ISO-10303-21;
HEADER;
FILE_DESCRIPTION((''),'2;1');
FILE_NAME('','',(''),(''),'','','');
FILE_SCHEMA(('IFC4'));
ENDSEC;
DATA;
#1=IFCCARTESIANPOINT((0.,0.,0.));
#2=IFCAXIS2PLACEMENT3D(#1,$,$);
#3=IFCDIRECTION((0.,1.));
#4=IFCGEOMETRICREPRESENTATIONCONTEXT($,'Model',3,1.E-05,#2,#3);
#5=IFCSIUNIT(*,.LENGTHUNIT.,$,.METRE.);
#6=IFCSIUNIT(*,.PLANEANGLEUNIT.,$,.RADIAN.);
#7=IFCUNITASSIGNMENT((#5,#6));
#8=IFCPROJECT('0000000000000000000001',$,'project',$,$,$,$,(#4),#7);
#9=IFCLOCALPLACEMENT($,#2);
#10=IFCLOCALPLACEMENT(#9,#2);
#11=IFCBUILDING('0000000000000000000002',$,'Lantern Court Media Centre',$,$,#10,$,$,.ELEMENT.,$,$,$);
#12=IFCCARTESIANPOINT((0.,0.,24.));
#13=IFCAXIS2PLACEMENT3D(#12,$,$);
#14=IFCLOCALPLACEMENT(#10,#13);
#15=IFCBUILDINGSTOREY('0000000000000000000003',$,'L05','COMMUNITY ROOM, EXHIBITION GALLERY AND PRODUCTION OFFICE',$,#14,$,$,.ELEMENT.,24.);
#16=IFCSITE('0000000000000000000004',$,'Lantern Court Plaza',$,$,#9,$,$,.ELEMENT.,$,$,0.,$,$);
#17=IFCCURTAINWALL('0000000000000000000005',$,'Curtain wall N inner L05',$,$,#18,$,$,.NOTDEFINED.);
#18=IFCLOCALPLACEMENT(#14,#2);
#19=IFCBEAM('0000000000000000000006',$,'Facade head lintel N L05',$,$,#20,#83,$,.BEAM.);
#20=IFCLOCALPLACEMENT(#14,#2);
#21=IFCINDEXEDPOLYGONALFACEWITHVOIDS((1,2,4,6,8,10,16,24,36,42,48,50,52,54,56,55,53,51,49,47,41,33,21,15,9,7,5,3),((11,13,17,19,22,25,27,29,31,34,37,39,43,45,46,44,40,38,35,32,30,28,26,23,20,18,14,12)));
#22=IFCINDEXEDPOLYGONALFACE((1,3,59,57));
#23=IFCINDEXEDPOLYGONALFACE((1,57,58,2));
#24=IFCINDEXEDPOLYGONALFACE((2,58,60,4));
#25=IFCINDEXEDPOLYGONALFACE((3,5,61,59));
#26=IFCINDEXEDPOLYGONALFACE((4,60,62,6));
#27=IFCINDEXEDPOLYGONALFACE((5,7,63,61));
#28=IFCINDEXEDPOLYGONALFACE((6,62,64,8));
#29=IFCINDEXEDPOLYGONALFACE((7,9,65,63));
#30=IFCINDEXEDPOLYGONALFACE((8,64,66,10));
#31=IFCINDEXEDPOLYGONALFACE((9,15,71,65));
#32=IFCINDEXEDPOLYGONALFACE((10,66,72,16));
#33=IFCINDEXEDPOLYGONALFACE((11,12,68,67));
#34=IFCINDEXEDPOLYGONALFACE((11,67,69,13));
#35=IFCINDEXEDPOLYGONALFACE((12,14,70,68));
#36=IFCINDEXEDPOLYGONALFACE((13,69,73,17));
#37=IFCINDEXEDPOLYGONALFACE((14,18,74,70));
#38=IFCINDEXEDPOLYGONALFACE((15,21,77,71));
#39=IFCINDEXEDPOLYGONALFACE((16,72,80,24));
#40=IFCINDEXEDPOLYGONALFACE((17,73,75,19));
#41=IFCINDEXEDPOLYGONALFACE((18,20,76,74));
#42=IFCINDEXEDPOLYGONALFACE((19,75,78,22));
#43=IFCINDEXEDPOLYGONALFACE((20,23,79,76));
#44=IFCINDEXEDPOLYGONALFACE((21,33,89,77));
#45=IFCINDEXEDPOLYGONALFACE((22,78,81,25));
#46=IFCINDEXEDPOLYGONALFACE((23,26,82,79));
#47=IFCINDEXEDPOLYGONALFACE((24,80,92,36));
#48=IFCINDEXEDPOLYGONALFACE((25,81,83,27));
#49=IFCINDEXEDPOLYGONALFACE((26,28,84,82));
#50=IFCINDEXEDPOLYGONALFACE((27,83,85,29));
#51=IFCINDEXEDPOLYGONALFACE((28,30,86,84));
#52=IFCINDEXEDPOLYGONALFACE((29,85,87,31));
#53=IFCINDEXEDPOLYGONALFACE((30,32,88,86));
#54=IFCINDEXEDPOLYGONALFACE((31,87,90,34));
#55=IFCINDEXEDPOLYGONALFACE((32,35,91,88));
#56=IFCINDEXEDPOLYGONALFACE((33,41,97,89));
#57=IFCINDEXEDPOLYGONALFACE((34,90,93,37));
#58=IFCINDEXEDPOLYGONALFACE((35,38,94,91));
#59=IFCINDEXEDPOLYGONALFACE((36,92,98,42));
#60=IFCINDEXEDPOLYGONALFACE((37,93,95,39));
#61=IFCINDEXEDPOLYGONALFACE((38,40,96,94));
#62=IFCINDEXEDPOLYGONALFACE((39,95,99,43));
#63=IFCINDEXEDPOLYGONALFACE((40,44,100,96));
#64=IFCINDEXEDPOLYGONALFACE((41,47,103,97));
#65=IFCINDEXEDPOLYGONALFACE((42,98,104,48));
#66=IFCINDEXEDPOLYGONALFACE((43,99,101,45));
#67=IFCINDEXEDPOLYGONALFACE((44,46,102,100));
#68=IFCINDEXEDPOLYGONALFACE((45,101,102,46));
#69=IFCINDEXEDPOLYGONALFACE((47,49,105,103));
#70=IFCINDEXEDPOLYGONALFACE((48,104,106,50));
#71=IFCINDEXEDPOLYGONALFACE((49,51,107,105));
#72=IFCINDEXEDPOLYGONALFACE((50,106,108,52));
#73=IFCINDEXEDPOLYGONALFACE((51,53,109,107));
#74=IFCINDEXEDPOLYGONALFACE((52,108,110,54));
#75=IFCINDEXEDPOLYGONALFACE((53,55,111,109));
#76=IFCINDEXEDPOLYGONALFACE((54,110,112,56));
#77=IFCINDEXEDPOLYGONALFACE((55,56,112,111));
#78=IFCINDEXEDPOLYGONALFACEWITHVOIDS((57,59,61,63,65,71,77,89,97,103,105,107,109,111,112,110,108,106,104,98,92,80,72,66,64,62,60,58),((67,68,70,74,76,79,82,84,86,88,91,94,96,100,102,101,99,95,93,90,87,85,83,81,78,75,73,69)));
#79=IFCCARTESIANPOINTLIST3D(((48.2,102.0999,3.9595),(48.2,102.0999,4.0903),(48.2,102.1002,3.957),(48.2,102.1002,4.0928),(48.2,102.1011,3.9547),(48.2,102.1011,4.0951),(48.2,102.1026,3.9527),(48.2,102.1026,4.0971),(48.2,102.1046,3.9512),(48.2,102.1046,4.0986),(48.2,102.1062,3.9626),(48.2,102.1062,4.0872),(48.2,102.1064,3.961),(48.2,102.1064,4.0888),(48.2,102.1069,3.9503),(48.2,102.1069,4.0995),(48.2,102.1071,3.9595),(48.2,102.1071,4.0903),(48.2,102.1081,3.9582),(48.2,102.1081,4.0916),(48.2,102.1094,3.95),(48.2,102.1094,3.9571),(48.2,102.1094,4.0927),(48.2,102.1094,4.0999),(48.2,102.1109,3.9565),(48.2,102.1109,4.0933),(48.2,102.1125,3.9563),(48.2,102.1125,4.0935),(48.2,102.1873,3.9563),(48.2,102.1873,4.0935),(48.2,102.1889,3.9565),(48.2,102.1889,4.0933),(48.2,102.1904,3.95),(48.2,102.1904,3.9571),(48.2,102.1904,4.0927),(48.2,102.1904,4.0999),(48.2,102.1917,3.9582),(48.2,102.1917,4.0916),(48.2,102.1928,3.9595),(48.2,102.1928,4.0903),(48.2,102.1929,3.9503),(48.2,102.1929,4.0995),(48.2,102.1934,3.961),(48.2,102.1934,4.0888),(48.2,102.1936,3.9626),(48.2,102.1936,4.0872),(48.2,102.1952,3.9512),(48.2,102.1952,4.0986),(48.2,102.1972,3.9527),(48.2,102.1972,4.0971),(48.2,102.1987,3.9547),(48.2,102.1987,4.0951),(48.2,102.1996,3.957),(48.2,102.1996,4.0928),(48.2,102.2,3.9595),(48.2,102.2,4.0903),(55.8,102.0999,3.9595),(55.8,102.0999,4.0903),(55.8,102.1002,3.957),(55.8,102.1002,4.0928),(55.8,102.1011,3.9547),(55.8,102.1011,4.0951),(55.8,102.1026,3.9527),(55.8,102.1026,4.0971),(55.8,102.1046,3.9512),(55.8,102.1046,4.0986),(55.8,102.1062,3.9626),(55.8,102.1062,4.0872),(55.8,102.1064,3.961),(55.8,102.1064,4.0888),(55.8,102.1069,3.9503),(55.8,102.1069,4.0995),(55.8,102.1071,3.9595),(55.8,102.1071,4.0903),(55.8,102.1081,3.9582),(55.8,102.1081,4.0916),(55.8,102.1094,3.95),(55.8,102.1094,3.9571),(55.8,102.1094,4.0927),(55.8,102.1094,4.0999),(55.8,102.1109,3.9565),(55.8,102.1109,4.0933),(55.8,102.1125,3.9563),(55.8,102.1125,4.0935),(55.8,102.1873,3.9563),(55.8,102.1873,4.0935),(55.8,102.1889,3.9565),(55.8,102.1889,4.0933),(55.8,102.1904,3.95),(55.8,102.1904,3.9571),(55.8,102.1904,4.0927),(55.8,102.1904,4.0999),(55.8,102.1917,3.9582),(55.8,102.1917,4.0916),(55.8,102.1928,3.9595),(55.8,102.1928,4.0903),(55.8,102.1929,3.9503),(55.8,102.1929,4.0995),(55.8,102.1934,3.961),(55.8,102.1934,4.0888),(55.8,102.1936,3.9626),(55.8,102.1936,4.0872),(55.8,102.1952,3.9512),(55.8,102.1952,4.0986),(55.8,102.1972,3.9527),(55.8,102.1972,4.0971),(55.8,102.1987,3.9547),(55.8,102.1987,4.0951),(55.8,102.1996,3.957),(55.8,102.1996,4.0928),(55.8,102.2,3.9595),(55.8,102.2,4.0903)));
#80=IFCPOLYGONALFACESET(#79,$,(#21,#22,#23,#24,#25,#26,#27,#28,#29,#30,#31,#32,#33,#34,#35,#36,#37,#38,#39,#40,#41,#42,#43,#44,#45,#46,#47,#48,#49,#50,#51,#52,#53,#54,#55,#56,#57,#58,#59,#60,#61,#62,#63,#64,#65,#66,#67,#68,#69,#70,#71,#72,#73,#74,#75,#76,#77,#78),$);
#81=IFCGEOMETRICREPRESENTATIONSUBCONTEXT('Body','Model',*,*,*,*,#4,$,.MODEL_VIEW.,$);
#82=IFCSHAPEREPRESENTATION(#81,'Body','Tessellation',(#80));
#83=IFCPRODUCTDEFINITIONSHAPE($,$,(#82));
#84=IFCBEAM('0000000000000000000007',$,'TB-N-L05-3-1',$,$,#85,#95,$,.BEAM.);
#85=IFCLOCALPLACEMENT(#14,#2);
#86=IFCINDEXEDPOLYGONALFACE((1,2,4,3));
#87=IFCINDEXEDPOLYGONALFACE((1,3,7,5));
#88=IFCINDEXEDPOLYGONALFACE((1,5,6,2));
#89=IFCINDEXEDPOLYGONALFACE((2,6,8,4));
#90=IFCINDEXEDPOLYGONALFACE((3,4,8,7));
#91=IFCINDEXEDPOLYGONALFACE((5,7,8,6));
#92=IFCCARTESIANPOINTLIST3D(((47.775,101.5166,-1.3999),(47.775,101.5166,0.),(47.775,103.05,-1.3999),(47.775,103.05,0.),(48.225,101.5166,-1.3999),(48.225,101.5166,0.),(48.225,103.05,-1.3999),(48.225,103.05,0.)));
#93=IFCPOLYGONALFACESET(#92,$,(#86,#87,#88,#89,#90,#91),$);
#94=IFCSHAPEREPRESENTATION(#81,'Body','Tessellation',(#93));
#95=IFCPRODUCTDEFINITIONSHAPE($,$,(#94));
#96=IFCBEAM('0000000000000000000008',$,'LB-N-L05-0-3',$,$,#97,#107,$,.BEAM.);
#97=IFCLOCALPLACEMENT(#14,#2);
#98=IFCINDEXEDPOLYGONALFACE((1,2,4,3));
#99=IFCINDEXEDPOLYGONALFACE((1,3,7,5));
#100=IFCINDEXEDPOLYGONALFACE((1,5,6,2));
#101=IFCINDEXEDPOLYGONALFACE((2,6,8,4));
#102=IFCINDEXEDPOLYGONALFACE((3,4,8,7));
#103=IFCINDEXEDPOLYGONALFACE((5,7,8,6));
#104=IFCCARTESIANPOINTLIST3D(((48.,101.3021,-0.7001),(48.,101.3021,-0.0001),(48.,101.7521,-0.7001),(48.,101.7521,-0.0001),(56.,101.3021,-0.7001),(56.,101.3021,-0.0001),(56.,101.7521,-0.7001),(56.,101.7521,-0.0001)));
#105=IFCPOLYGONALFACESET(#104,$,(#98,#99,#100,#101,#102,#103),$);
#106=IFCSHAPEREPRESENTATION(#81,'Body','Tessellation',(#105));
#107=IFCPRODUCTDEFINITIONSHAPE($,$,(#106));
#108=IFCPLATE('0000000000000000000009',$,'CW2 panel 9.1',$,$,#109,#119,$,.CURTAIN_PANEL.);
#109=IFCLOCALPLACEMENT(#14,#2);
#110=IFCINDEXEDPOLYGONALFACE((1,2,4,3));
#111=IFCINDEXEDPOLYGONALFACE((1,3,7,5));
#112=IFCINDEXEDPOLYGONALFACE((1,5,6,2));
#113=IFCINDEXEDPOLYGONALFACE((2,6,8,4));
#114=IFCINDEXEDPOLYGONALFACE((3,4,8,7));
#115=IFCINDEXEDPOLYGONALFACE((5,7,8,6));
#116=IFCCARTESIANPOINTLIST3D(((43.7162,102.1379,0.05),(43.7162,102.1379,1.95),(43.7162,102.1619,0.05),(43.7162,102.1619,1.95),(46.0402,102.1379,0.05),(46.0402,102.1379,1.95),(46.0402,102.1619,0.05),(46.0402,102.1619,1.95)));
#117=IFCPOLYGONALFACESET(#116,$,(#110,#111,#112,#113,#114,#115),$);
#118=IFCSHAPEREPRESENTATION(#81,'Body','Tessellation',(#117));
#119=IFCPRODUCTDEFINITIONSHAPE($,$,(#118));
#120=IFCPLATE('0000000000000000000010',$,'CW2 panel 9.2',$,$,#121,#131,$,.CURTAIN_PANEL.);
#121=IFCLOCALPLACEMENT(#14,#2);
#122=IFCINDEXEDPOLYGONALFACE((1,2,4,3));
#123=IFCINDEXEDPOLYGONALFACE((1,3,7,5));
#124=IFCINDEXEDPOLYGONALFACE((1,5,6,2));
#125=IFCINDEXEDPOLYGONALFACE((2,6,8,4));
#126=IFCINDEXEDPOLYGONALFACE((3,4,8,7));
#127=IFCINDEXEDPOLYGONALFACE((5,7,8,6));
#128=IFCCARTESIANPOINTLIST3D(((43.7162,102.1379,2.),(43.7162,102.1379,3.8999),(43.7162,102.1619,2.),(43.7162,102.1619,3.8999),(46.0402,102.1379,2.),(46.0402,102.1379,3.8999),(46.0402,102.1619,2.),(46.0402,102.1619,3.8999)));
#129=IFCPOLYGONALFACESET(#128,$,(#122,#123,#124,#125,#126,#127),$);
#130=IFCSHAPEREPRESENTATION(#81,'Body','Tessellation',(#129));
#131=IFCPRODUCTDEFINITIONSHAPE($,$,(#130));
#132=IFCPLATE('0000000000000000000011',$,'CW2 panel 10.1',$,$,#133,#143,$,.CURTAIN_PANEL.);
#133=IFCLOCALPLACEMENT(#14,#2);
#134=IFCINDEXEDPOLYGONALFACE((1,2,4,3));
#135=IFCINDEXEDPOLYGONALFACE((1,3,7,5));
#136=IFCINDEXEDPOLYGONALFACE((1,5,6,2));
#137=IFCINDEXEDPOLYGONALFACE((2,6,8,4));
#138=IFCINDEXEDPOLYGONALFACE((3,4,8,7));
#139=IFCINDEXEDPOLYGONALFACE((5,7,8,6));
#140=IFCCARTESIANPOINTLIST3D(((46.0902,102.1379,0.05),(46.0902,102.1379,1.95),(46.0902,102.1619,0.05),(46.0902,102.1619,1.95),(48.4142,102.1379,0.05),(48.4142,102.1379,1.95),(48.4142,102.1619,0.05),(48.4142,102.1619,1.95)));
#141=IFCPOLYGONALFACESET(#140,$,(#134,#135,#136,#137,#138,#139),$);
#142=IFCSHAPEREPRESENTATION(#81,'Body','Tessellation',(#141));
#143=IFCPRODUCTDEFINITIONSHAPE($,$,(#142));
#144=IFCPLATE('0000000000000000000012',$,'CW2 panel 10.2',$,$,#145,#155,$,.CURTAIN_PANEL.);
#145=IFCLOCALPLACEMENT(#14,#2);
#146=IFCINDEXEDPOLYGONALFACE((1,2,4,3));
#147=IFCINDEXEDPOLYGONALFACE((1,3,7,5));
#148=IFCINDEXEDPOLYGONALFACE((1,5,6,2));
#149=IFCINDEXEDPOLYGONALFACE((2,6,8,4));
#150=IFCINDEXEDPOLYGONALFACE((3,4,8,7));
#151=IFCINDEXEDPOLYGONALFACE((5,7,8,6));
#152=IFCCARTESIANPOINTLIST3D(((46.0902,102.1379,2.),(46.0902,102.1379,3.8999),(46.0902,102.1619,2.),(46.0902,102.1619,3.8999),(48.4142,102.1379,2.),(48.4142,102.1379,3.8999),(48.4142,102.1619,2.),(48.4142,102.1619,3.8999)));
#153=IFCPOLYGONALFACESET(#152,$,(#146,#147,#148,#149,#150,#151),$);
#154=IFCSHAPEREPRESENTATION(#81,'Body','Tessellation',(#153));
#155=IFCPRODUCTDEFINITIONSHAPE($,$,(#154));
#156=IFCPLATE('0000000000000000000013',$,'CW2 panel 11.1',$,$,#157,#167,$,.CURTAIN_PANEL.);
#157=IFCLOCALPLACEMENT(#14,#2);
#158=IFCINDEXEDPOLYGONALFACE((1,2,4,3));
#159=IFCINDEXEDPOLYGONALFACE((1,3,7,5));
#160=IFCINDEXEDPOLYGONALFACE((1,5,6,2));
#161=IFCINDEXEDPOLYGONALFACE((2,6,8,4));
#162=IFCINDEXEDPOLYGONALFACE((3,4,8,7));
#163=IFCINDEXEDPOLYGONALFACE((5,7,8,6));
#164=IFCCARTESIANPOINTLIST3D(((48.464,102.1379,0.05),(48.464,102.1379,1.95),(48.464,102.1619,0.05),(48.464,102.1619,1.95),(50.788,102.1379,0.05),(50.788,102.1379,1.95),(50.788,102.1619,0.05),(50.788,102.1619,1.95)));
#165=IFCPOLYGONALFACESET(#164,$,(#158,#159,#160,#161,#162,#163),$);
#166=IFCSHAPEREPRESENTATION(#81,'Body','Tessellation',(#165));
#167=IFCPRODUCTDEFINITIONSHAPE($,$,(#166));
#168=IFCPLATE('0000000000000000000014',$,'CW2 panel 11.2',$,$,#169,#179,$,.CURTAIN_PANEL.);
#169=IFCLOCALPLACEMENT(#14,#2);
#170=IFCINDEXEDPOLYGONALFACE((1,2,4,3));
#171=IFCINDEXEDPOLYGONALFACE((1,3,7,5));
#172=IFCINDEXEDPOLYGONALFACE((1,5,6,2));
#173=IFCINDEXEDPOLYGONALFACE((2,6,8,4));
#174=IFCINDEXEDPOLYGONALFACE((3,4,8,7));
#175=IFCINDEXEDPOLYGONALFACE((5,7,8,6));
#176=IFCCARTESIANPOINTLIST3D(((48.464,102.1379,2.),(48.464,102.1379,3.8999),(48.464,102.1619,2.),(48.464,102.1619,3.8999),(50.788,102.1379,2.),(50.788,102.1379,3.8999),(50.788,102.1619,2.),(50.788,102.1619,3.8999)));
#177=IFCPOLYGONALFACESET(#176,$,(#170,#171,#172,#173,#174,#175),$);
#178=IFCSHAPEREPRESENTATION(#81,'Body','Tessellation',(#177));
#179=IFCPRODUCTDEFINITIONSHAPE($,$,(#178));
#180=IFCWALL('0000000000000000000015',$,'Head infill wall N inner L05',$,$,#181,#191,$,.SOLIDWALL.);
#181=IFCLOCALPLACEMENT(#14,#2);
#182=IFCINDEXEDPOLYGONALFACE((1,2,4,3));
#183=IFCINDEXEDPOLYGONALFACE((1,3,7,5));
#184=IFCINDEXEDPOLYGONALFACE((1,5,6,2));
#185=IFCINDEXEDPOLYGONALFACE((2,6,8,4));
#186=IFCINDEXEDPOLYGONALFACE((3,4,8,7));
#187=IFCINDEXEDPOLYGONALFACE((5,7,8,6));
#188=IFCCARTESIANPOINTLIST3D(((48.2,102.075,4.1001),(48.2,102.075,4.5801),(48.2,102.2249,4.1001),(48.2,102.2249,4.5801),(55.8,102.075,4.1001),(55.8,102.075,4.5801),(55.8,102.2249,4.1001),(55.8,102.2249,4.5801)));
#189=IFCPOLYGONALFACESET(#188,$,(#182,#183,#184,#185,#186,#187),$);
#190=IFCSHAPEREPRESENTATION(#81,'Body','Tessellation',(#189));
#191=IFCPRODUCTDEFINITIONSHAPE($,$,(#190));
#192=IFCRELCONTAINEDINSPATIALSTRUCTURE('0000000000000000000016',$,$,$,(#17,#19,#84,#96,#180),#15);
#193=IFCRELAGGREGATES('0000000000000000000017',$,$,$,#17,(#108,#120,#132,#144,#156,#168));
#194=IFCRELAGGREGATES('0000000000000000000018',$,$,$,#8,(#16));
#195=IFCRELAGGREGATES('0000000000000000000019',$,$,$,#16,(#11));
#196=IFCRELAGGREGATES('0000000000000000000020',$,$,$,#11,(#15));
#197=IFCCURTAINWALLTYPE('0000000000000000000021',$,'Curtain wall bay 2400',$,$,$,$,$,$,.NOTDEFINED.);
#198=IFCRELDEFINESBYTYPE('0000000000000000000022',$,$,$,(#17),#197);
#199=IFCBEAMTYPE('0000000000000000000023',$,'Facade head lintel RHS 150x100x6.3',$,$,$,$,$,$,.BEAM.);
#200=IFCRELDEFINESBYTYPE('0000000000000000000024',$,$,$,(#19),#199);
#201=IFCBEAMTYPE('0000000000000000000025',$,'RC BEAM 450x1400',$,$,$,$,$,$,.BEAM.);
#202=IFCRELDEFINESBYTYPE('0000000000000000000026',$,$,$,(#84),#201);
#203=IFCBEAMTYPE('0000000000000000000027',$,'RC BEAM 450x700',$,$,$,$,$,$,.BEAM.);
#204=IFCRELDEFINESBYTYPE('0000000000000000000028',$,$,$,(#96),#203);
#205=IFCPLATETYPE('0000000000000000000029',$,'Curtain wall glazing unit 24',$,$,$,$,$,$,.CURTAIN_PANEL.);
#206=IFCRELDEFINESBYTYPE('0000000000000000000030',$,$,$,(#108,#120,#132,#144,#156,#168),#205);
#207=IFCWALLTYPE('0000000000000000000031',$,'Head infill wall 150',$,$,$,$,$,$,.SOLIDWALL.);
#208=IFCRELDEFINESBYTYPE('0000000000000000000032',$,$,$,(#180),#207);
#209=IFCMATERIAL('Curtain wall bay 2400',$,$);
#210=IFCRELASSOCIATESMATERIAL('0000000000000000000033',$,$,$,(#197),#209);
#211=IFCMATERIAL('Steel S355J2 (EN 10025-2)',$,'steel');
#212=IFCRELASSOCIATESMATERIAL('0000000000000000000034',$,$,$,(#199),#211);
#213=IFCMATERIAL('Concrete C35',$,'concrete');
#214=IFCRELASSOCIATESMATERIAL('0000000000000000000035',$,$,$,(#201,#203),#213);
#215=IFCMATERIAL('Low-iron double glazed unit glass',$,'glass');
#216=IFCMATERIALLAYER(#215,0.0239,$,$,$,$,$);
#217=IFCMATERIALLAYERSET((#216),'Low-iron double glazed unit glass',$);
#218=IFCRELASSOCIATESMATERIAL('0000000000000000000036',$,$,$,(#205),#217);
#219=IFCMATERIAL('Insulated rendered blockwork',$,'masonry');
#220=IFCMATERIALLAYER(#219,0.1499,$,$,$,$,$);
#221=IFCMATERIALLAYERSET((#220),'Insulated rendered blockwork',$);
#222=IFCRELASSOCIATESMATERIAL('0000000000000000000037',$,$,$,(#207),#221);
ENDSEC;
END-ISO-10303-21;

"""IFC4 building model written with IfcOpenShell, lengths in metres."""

from ifc_helpers import new_model, si_unit, direction, frame, frame_2d, origin, origin_2d, place, context, subcontext, project, spatial, rectangle, hollow_rectangle, extrude, material, layer, layer_set, material_profile, profile_set, type_object, element, aggregate, save


model = new_model("IFC4")

# Units and contexts
model_context = context("Model", 3, precision=1e-05, world=origin(), true_north=direction((0.0, 1.0)))
body_context = subcontext(model_context, "Body", "Model", "MODEL_VIEW")
ifc_project = project(units=[si_unit("LENGTHUNIT", "METRE"), si_unit("PLANEANGLEUNIT", "RADIAN")], contexts=[model_context])

# Site, building, storey
site_placement = place(None, origin())
site = spatial("IfcSite", under=ifc_project, at=site_placement, Name="Lantern Court Plaza", CompositionType="ELEMENT", RefElevation=0.0)
building_placement = place(site_placement, origin())
building = spatial("IfcBuilding", under=site, at=building_placement, Name="Lantern Court Media Centre", CompositionType="ELEMENT")
storey_placement = place(building_placement, frame((0.0, 0.0, 24.0)))
storey = spatial("IfcBuildingStorey", under=building, at=storey_placement, Name="L05", Description="COMMUNITY ROOM, EXHIBITION GALLERY AND PRODUCTION OFFICE", CompositionType="ELEMENT", Elevation=24.0)

# Shared definitions
ifc_material_1 = material(Name="Concrete C35", Category="concrete")

# Curtain wall
ifc_material_2 = material(Name="Curtain wall bay 2400")
curtain_wall_type = type_object("IfcCurtainWallType", Name="Curtain wall bay 2400", PredefinedType="NOTDEFINED", material=ifc_material_2)
curtain_wall_placement = place(storey_placement, origin())
curtain_wall = element("IfcCurtainWall", 1, at=curtain_wall_placement, inside=storey, type_object=curtain_wall_type, Name="Curtain wall N inner L05", PredefinedType="NOTDEFINED")

# Beams
ifc_material_3 = material(Name="Steel S355J2 (EN 10025-2)", Category="steel")
ifc_material_profile_1 = material_profile(ifc_material_3, hollow_rectangle(XDim=0.1001, YDim=0.1499, WallThickness=0.0063, InnerFilletRadius=0.0063, OuterFilletRadius=0.0095, at=origin_2d()), Name="Facade head lintel RHS 150x100x6.3")
ifc_profile_set_1 = profile_set([ifc_material_profile_1], Name="Steel S355J2 (EN 10025-2)")
beam_type_1 = type_object("IfcBeamType", Name="Facade head lintel RHS 150x100x6.3", PredefinedType="BEAM", material=ifc_profile_set_1)
beam_1_placement = place(storey_placement, frame((48.2, 102.1499, 4.0249), z_axis=(1.0, 0.0, 0.0), x_axis=(0.0, 1.0, 0.0)))
element("IfcBeam", 2, at=beam_1_placement, inside=storey, type_object=beam_type_1, Name="Facade head lintel N L05", PredefinedType="BEAM", context=body_context, shape_type="SweptSolid", body=[
    extrude(hollow_rectangle(XDim=0.1001, YDim=0.1499, WallThickness=0.0063, InnerFilletRadius=0.0063, OuterFilletRadius=0.0095, at=origin_2d()), origin(), (0.0, 0.0, 1.0), 7.6001),
])
ifc_material_profile_2 = material_profile(ifc_material_1, rectangle(XDim=0.45, YDim=1.3999, at=origin_2d()), Name="RC 450x1400")
ifc_profile_set_2 = profile_set([ifc_material_profile_2], Name="Concrete C35")
beam_type_2 = type_object("IfcBeamType", Name="RC BEAM 450x1400", PredefinedType="BEAM", material=ifc_profile_set_2)
beam_2_placement = place(storey_placement, frame((48.0, 101.5166, -0.7), z_axis=(0.0, 1.0, 0.0), x_axis=(-1.0, 0.0, 0.0)))
element("IfcBeam", 3, at=beam_2_placement, inside=storey, type_object=beam_type_2, Name="TB-N-L05-3-1", PredefinedType="BEAM", context=body_context, shape_type="SweptSolid", body=[
    extrude(rectangle(XDim=0.45, YDim=1.3999, at=origin_2d()), origin(), (0.0, 0.0, 1.0), 1.5334),
])
ifc_material_profile_3 = material_profile(ifc_material_1, rectangle(XDim=0.45, YDim=0.7, at=origin_2d()), Name="RC 450x700")
ifc_profile_set_3 = profile_set([ifc_material_profile_3], Name="Concrete C35")
beam_type_3 = type_object("IfcBeamType", Name="RC BEAM 450x700", PredefinedType="BEAM", material=ifc_profile_set_3)
beam_3_placement = place(storey_placement, frame((48.0, 101.5271, -0.3501), z_axis=(1.0, 0.0, 0.0), x_axis=(0.0, 1.0, 0.0)))
element("IfcBeam", 4, at=beam_3_placement, inside=storey, type_object=beam_type_3, Name="LB-N-L05-0-3", PredefinedType="BEAM", context=body_context, shape_type="SweptSolid", body=[
    extrude(rectangle(XDim=0.45, YDim=0.7, at=origin_2d()), origin(), (0.0, 0.0, 1.0), 8.0),
])

# Plates
ifc_material_4 = material(Name="Low-iron double glazed unit glass", Category="glass")
ifc_layer_1 = layer(ifc_material_4, 0.0239)
ifc_layer_set_1 = layer_set([ifc_layer_1], Name="Low-iron double glazed unit glass")
plate_type = type_object("IfcPlateType", Name="Curtain wall glazing unit 24", PredefinedType="CURTAIN_PANEL", material=ifc_layer_set_1)
plate_1_placement = place(storey_placement, frame((44.8782, 102.1499, 0.05), z_axis=(0.0, 0.0, 1.0), x_axis=(1.0, 0.0, 0.0)))
plate_1 = element("IfcPlate", 5, at=plate_1_placement, type_object=plate_type, Name="CW2 panel 9.1", PredefinedType="CURTAIN_PANEL", context=body_context, shape_type="SweptSolid", body=[
    extrude(rectangle(XDim=2.324, YDim=0.0239, at=origin_2d()), origin(), (0.0, 0.0, 1.0), 1.8999),
])
plate_2_placement = place(storey_placement, frame((44.8782, 102.1499, 2.0), z_axis=(0.0, 0.0, 1.0), x_axis=(1.0, 0.0, 0.0)))
plate_2 = element("IfcPlate", 6, at=plate_2_placement, type_object=plate_type, Name="CW2 panel 9.2", PredefinedType="CURTAIN_PANEL", context=body_context, shape_type="SweptSolid", body=[
    extrude(rectangle(XDim=2.324, YDim=0.0239, at=origin_2d()), origin(), (0.0, 0.0, 1.0), 1.8999),
])
plate_3_placement = place(storey_placement, frame((47.2522, 102.1499, 0.05), z_axis=(0.0, 0.0, 1.0), x_axis=(1.0, 0.0, 0.0)))
plate_3 = element("IfcPlate", 7, at=plate_3_placement, type_object=plate_type, Name="CW2 panel 10.1", PredefinedType="CURTAIN_PANEL", context=body_context, shape_type="SweptSolid", body=[
    extrude(rectangle(XDim=2.324, YDim=0.0239, at=origin_2d()), origin(), (0.0, 0.0, 1.0), 1.8999),
])
plate_4_placement = place(storey_placement, frame((47.2522, 102.1499, 2.0), z_axis=(0.0, 0.0, 1.0), x_axis=(1.0, 0.0, 0.0)))
plate_4 = element("IfcPlate", 8, at=plate_4_placement, type_object=plate_type, Name="CW2 panel 10.2", PredefinedType="CURTAIN_PANEL", context=body_context, shape_type="SweptSolid", body=[
    extrude(rectangle(XDim=2.324, YDim=0.0239, at=origin_2d()), origin(), (0.0, 0.0, 1.0), 1.8999),
])
plate_5_placement = place(storey_placement, frame((49.626, 102.1499, 0.05), z_axis=(0.0, 0.0, 1.0), x_axis=(1.0, 0.0, 0.0)))
plate_5 = element("IfcPlate", 9, at=plate_5_placement, type_object=plate_type, Name="CW2 panel 11.1", PredefinedType="CURTAIN_PANEL", context=body_context, shape_type="SweptSolid", body=[
    extrude(rectangle(XDim=2.324, YDim=0.0239, at=origin_2d()), origin(), (0.0, 0.0, 1.0), 1.8999),
])
plate_6_placement = place(storey_placement, frame((49.626, 102.1499, 2.0), z_axis=(0.0, 0.0, 1.0), x_axis=(1.0, 0.0, 0.0)))
plate_6 = element("IfcPlate", 10, at=plate_6_placement, type_object=plate_type, Name="CW2 panel 11.2", PredefinedType="CURTAIN_PANEL", context=body_context, shape_type="SweptSolid", body=[
    extrude(rectangle(XDim=2.324, YDim=0.0239, at=origin_2d()), origin(), (0.0, 0.0, 1.0), 1.8999),
])
aggregate(curtain_wall, [plate_1, plate_2, plate_3, plate_4, plate_5, plate_6])

# Wall
ifc_material_5 = material(Name="Insulated rendered blockwork", Category="masonry")
ifc_layer_2 = layer(ifc_material_5, 0.1499)
ifc_layer_set_2 = layer_set([ifc_layer_2], Name="Insulated rendered blockwork")
wall_type = type_object("IfcWallType", Name="Head infill wall 150", PredefinedType="SOLIDWALL", material=ifc_layer_set_2)
wall_placement = place(storey_placement, frame((48.2, 102.1499, 4.1001), z_axis=(0.0, 0.0, 1.0), x_axis=(1.0, 0.0, 0.0)))
element("IfcWall", 11, at=wall_placement, inside=storey, type_object=wall_type, Name="Head infill wall N inner L05", PredefinedType="SOLIDWALL", context=body_context, shape_type="SweptSolid", body=[
    extrude(rectangle(XDim=7.6001, YDim=0.1499, at=frame_2d((3.8, 0.0))), origin(), (0.0, 0.0, 1.0), 0.48),
])

save(model, "model.ifc")
